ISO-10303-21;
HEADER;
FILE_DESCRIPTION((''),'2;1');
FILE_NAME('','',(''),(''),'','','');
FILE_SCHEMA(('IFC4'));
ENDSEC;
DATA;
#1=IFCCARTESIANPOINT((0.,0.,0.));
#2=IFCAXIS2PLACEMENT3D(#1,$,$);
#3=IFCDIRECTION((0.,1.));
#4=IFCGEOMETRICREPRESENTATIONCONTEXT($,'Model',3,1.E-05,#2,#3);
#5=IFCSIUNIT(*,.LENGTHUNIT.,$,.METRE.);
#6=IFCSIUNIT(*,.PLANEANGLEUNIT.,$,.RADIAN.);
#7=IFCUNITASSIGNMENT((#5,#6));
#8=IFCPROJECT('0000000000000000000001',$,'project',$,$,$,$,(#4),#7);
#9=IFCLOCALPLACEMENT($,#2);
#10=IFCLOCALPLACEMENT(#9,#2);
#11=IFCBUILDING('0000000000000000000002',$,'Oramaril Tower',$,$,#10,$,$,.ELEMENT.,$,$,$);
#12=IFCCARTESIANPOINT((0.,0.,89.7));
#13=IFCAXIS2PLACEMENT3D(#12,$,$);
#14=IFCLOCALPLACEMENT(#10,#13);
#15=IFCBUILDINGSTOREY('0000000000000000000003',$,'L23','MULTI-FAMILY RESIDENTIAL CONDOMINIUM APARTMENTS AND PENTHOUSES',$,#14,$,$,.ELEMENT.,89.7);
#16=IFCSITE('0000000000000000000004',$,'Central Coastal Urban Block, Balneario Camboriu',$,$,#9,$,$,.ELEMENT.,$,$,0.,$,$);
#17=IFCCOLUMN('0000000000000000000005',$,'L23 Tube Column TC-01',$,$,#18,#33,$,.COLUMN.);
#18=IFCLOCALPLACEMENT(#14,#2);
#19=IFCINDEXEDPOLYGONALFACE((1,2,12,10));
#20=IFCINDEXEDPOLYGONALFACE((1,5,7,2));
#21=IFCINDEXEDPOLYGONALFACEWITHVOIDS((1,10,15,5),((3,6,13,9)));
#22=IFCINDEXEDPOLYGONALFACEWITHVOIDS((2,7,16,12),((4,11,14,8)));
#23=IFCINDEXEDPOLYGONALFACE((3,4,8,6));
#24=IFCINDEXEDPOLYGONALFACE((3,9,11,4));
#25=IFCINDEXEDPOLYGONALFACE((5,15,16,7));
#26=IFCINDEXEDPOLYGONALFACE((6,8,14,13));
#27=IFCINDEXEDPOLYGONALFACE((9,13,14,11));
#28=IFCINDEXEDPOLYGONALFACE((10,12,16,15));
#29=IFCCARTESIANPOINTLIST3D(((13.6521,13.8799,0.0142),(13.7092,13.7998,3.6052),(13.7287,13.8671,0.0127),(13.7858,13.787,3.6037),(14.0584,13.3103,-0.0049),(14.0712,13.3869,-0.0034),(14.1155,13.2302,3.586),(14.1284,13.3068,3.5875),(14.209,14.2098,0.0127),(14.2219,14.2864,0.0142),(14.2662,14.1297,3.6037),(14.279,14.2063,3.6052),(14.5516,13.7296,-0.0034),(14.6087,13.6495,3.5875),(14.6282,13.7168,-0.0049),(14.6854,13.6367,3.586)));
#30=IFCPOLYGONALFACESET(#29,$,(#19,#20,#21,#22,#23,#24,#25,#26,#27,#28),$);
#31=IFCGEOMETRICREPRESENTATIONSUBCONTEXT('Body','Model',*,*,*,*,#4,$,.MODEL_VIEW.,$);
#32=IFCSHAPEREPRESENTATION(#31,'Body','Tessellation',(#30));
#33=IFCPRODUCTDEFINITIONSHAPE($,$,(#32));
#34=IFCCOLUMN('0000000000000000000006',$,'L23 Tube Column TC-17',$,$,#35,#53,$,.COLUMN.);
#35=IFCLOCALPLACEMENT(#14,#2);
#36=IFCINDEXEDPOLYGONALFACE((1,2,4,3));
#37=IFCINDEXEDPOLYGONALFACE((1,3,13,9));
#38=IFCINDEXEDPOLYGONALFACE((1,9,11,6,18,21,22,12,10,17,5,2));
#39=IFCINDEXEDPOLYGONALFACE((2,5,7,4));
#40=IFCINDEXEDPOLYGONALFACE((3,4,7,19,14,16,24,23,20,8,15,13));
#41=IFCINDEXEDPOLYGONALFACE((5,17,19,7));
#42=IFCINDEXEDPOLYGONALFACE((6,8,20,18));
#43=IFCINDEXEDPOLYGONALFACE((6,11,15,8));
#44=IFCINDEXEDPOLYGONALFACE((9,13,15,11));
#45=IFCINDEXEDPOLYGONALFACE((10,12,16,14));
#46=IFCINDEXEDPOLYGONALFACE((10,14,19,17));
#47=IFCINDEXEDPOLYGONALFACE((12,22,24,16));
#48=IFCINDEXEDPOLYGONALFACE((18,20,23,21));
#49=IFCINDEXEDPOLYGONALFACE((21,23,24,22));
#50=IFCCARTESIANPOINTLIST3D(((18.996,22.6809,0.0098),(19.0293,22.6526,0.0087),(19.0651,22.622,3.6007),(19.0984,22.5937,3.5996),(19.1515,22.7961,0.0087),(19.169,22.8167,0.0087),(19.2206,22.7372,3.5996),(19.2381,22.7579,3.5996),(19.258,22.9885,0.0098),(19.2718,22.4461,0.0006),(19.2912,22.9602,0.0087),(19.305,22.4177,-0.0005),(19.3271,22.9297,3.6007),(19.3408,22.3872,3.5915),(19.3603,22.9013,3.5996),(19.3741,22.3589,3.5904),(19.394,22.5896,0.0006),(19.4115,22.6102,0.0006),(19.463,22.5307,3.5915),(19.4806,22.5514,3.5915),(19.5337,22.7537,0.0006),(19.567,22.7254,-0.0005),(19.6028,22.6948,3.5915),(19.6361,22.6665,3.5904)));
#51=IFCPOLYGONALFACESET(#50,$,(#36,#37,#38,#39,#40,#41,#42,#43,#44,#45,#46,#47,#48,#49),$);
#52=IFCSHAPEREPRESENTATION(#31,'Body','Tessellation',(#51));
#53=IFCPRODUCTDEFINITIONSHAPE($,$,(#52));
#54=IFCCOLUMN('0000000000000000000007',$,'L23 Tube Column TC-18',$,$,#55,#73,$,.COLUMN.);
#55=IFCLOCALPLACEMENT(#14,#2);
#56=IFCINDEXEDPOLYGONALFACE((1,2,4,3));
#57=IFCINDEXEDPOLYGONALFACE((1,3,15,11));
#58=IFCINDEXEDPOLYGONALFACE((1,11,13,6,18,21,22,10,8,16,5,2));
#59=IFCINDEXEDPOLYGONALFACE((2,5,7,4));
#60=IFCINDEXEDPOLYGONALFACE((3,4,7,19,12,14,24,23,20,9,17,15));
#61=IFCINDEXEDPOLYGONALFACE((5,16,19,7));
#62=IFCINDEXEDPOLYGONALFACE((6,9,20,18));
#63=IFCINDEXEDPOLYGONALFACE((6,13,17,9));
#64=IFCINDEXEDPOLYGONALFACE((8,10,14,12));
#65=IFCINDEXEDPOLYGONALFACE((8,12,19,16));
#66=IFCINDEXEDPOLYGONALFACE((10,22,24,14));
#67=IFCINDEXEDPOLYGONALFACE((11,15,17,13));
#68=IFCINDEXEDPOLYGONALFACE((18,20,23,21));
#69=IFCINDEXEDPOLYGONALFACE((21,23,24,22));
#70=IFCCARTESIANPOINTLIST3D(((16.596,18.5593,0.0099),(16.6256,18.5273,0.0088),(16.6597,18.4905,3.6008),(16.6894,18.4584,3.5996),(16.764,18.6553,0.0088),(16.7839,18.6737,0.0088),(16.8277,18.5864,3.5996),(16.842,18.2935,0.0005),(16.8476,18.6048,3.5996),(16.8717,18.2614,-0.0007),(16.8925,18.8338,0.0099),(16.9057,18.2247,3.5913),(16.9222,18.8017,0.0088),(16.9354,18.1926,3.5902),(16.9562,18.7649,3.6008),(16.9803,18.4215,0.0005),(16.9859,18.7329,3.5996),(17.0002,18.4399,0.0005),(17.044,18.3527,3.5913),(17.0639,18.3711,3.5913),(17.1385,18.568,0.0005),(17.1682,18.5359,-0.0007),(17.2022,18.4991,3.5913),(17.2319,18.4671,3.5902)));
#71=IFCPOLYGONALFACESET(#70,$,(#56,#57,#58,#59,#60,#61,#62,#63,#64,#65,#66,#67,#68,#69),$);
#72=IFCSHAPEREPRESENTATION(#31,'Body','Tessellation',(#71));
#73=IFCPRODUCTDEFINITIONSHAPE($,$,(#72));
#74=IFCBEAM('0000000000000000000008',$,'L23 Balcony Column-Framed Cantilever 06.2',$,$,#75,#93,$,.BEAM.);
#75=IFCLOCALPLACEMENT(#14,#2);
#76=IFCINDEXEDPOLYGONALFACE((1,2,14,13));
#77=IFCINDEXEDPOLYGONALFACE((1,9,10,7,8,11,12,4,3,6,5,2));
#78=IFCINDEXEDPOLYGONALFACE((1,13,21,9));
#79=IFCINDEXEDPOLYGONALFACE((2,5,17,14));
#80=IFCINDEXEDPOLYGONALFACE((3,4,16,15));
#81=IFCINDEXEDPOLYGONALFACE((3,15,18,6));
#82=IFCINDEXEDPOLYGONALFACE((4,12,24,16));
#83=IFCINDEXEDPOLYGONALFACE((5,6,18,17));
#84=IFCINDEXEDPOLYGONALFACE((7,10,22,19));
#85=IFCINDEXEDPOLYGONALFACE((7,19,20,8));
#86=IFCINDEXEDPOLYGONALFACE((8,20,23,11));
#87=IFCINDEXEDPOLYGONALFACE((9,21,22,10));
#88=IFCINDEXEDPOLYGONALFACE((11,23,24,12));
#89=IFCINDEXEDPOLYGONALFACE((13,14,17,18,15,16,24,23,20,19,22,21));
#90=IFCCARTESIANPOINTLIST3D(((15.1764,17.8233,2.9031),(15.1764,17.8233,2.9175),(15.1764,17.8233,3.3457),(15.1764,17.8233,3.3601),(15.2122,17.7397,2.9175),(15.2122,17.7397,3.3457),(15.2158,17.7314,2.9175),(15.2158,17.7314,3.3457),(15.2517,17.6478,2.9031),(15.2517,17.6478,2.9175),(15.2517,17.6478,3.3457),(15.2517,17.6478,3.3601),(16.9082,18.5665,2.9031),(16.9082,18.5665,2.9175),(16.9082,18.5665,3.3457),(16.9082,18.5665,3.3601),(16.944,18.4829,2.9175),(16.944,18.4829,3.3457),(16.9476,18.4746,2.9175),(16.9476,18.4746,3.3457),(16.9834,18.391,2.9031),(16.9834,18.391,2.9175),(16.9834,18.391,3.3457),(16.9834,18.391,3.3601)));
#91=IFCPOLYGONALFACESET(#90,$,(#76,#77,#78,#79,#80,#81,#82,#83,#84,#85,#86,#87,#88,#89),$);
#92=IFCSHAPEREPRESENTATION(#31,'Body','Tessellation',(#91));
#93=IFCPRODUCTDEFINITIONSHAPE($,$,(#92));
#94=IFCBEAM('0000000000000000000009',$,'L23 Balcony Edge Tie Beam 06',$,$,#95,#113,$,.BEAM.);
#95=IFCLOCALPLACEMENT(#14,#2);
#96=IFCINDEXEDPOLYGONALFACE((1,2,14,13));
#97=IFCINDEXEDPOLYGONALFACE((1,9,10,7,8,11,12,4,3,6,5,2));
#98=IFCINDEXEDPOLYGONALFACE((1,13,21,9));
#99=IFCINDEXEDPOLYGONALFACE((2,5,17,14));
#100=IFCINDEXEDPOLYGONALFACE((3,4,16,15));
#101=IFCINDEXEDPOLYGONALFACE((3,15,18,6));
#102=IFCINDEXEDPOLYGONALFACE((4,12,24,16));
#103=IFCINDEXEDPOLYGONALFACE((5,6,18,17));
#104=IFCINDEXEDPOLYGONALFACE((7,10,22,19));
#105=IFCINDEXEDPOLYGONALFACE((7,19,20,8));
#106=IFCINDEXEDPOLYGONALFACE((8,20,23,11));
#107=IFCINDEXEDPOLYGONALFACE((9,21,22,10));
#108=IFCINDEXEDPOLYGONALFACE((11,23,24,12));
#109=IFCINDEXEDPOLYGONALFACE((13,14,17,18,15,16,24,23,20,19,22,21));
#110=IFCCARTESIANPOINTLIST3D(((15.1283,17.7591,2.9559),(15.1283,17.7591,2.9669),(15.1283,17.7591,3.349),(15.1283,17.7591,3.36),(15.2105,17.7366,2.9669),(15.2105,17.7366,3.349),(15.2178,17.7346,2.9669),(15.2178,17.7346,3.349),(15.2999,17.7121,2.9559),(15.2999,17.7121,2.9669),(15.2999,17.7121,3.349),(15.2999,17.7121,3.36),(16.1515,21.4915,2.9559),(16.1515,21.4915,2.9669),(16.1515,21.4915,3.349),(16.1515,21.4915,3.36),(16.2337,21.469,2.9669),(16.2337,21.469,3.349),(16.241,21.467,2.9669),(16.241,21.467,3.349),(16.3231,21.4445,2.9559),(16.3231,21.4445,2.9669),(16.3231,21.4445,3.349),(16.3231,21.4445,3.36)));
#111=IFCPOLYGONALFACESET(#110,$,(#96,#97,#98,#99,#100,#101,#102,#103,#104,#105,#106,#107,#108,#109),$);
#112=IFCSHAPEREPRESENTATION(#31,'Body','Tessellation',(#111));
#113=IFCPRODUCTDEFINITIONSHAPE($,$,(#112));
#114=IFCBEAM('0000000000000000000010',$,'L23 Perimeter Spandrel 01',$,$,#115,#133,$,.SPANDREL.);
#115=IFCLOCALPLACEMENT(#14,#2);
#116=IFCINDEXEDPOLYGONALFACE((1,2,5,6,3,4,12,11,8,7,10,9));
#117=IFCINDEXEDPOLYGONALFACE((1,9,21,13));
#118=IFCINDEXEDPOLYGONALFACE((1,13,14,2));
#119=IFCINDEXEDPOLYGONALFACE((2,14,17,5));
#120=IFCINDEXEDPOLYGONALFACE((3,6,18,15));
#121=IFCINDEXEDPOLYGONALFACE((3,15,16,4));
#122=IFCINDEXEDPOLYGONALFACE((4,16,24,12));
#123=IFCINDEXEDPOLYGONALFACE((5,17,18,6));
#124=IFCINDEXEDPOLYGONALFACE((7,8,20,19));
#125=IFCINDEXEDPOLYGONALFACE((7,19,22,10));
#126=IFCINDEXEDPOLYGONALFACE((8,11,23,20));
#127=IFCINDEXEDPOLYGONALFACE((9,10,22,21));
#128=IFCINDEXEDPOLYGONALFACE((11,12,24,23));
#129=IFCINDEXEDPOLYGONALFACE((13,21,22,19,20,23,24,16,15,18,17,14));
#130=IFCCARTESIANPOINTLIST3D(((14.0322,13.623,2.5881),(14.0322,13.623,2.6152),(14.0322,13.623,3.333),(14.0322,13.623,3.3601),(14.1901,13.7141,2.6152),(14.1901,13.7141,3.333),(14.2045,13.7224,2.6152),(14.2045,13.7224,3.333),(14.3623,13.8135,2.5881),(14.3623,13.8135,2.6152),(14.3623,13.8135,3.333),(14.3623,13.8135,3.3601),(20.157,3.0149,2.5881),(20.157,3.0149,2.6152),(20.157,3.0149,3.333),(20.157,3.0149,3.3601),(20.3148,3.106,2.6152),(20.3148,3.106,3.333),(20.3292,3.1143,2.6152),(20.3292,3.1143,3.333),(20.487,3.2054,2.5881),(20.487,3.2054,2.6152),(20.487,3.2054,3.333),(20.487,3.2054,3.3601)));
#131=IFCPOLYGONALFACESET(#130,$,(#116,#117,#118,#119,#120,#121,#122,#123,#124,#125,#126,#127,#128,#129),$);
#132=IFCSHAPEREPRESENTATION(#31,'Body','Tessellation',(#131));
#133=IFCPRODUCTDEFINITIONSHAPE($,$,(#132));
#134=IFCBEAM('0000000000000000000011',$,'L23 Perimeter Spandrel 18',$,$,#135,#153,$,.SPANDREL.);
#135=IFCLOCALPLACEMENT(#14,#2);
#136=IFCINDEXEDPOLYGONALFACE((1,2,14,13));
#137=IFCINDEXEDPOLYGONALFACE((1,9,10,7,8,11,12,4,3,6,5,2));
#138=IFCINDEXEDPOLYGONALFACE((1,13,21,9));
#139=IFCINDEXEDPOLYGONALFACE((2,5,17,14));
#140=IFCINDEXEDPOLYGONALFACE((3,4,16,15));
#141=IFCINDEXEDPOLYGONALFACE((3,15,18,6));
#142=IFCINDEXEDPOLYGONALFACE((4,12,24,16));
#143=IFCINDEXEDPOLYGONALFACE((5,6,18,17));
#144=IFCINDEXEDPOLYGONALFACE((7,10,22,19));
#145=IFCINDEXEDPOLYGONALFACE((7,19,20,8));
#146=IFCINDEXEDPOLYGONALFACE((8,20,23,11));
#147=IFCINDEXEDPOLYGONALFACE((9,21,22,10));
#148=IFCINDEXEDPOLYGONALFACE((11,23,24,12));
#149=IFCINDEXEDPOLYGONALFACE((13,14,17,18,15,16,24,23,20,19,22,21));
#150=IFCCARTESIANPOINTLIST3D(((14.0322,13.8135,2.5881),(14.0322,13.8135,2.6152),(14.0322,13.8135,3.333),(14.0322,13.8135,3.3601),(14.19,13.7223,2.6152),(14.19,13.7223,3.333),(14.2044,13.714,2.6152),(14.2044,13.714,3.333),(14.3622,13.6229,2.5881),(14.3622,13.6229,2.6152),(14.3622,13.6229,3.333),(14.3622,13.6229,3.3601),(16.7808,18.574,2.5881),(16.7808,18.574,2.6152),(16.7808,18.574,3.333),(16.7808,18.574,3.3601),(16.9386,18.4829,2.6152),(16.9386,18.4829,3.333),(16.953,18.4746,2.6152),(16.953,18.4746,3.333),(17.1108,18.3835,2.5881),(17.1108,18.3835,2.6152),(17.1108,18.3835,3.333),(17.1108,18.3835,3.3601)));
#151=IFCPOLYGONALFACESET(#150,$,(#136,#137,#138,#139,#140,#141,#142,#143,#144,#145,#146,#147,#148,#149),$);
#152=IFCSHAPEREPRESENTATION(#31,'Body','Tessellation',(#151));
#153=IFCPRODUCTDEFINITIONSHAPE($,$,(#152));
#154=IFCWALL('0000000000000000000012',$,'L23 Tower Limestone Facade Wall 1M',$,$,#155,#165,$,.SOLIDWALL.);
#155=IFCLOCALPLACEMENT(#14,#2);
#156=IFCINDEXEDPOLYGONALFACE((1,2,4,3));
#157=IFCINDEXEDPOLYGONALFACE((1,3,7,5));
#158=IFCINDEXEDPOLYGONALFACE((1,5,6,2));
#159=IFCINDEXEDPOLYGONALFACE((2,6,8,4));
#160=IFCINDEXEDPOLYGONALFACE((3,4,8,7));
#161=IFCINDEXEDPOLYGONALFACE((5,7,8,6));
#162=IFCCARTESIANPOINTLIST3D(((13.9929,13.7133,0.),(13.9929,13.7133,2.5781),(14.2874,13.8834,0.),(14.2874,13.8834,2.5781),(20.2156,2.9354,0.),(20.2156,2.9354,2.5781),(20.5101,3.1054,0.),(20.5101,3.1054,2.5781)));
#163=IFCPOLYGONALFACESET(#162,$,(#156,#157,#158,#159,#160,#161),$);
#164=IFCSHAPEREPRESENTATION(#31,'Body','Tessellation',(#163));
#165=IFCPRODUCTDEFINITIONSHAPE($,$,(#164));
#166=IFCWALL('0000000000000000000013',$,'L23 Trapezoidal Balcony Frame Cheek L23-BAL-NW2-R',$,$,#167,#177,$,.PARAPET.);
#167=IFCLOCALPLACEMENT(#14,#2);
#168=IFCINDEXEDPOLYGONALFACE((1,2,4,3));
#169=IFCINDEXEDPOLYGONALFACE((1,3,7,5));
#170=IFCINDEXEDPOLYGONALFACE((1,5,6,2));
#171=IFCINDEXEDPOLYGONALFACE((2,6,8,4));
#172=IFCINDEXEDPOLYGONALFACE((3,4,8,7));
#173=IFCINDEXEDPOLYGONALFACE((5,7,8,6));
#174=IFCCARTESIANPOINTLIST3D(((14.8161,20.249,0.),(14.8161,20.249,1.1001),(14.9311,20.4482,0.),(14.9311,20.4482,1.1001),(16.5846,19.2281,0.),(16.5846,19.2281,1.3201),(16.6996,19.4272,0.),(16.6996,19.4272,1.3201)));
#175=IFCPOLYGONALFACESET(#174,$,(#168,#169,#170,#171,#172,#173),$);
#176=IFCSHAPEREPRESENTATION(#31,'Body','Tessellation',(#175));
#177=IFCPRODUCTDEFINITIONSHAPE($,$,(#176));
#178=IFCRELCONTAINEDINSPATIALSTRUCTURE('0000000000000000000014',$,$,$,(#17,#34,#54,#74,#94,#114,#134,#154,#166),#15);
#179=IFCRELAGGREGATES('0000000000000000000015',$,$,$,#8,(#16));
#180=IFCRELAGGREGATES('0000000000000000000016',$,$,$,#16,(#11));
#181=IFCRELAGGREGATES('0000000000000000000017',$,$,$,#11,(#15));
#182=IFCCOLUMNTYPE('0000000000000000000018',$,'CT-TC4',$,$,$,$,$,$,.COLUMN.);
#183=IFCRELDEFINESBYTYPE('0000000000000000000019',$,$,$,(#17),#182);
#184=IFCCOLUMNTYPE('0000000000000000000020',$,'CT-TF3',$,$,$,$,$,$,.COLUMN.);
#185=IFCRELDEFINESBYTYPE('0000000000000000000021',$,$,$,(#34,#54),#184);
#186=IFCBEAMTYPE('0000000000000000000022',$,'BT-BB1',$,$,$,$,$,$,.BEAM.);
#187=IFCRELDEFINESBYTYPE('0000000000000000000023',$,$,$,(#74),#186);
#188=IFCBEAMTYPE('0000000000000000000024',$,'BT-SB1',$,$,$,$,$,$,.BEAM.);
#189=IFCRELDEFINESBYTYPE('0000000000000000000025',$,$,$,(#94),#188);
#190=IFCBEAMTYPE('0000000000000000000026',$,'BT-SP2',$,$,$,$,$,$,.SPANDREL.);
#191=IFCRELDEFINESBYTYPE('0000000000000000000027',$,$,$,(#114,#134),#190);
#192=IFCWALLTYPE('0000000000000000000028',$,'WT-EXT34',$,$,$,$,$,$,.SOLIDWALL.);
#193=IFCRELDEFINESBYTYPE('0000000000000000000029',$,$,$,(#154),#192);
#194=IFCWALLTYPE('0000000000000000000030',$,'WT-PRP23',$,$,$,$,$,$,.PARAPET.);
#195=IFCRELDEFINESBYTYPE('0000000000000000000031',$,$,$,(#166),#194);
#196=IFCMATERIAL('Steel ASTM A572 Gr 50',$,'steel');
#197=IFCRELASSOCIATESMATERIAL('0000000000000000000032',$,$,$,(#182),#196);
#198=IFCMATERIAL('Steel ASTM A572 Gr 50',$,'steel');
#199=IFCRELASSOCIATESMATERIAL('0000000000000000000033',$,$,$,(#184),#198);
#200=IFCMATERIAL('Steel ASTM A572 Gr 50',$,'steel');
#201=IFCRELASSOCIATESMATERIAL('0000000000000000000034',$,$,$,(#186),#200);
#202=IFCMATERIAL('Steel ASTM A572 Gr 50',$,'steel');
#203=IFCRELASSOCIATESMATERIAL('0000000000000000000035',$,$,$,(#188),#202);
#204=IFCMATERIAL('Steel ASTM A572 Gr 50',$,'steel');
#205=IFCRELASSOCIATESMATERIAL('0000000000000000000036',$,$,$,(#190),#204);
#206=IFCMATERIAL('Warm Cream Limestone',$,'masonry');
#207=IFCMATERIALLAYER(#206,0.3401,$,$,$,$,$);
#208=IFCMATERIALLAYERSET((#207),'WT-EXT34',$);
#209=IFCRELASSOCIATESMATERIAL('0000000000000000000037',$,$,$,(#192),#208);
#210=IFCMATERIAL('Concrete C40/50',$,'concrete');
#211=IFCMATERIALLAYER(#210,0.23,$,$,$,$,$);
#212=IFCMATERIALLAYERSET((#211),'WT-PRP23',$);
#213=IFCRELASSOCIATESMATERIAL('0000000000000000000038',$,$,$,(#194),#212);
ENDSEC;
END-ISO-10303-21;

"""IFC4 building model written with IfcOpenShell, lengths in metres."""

from ifc_helpers import new_model, si_unit, direction, frame, frame_2d, origin, origin_2d, place, context, subcontext, project, spatial, polyline, rectangle, hollow_rectangle, i_section, outline, extrude, material, layer, layer_set, material_profile, profile_set, type_object, element, save


model = new_model("IFC4")

# Units and contexts
model_context = context("Model", 3, precision=1e-05, world=origin(), true_north=direction((0.0, 1.0)))
body_context = subcontext(model_context, "Body", "Model", "MODEL_VIEW")
ifc_project = project(units=[si_unit("LENGTHUNIT", "METRE"), si_unit("PLANEANGLEUNIT", "RADIAN")], contexts=[model_context])

# Site, building, storey
site_placement = place(None, origin())
site = spatial("IfcSite", under=ifc_project, at=site_placement, Name="Central Coastal Urban Block, Balneario Camboriu", CompositionType="ELEMENT", RefElevation=0.0)
building_placement = place(site_placement, origin())
building = spatial("IfcBuilding", under=site, at=building_placement, Name="Oramaril Tower", CompositionType="ELEMENT")
storey_placement = place(building_placement, frame((0.0, 0.0, 89.7)))
storey = spatial("IfcBuildingStorey", under=building, at=storey_placement, Name="L23", Description="MULTI-FAMILY RESIDENTIAL CONDOMINIUM APARTMENTS AND PENTHOUSES", CompositionType="ELEMENT", Elevation=89.7)

# Columns
ifc_material_1 = material(Name="Steel ASTM A572 Gr 50", Category="steel")
ifc_material_profile_1 = material_profile(ifc_material_1, hollow_rectangle(XDim=0.7, YDim=0.7, WallThickness=0.0549, at=origin_2d()), Name="BOX700X700X55")
ifc_profile_set_1 = profile_set([ifc_material_profile_1], Name="Steel ASTM A572 Gr 50")
column_type_1 = type_object("IfcColumnType", Name="CT-TC4", PredefinedType="COLUMN", material=ifc_profile_set_1)
column_placement = place(storey_placement, frame((14.1401, 13.7983, 0.0046), z_axis=(0.015904, -0.022292, 0.999625), x_axis=(0.814069, 0.580769, 0.0)))
element("IfcColumn", 1, at=column_placement, inside=storey, type_object=column_type_1, Name="L23 Tube Column TC-01", PredefinedType="COLUMN", context=body_context, shape_type="SweptSolid", body=[
    extrude(hollow_rectangle(XDim=0.7, YDim=0.7, WallThickness=0.0549, at=origin_2d()), origin(), (0.0, 0.0, 1.0), 3.5923),
])
ifc_material_2 = material(Name="Steel ASTM A572 Gr 50", Category="steel")
ifc_material_profile_2 = material_profile(ifc_material_2, i_section(OverallWidth=0.4041, OverallDepth=0.406, WebThickness=0.0271, FlangeThickness=0.0437, at=origin_2d()), Name="W14X233")
ifc_profile_set_2 = profile_set([ifc_material_profile_2], Name="Steel ASTM A572 Gr 50")
column_type_2 = type_object("IfcColumnType", Name="CT-TF3", PredefinedType="COLUMN", material=ifc_profile_set_2)
for number, where, z_axis, x_axis, name in (
    (2, (19.2815, 22.7031, 0.0046), (0.019235, -0.01638, 0.999681), (0.648351, 0.761342, 0.0), "L23 Tube Column TC-17"),
    (3, (16.8821, 18.5476, 0.0046), (0.017739, -0.019167, 0.999659), (0.733905, 0.679252, 0.0), "L23 Tube Column TC-18"),
):
    element("IfcColumn", number, at=place(storey_placement, frame(where, z_axis=z_axis, x_axis=x_axis)), inside=storey, type_object=column_type_2, Name=name, PredefinedType="COLUMN", context=body_context, shape_type="SweptSolid", body=[
        extrude(i_section(OverallWidth=0.4041, OverallDepth=0.406, WebThickness=0.0271, FlangeThickness=0.0437, at=origin_2d()), origin(), (0.0, 0.0, 1.0), 3.592),
    ])

# Beams
ifc_material_3 = material(Name="Steel ASTM A572 Gr 50", Category="steel")
ifc_material_profile_3 = material_profile(ifc_material_3, i_section(OverallWidth=0.1909, OverallDepth=0.457, WebThickness=0.009, FlangeThickness=0.0144, at=origin_2d()), Name="W18X50")
ifc_profile_set_3 = profile_set([ifc_material_profile_3], Name="Steel ASTM A572 Gr 50")
beam_type_1 = type_object("IfcBeamType", Name="BT-BB1", PredefinedType="BEAM", material=ifc_profile_set_3)
beam_1_placement = place(storey_placement, frame((16.9458, 18.4788, 3.1316), z_axis=(-0.918951, -0.394373, 0.0), x_axis=(0.394373, -0.918951, 0.0)))
element("IfcBeam", 4, at=beam_1_placement, inside=storey, type_object=beam_type_1, Name="L23 Balcony Column-Framed Cantilever 06.2", PredefinedType="BEAM", context=body_context, shape_type="SweptSolid", body=[
    extrude(i_section(OverallWidth=0.1909, OverallDepth=0.457, WebThickness=0.009, FlangeThickness=0.0144, at=origin_2d()), origin(), (0.0, 0.0, 1.0), 1.8845),
])
ifc_material_4 = material(Name="Steel ASTM A572 Gr 50", Category="steel")
ifc_material_profile_4 = material_profile(ifc_material_4, i_section(OverallWidth=0.178, OverallDepth=0.4041, WebThickness=0.0076, FlangeThickness=0.011, at=origin_2d()), Name="W16X36")
ifc_profile_set_4 = profile_set([ifc_material_profile_4], Name="Steel ASTM A572 Gr 50")
beam_type_2 = type_object("IfcBeamType", Name="BT-SB1", PredefinedType="BEAM", material=ifc_profile_set_4)
beam_2_placement = place(storey_placement, frame((16.2373, 21.468, 3.158), z_axis=(-0.264382, -0.964418, 0.0), x_axis=(0.964418, -0.264382, 0.0)))
element("IfcBeam", 5, at=beam_2_placement, inside=storey, type_object=beam_type_2, Name="L23 Balcony Edge Tie Beam 06", PredefinedType="BEAM", context=body_context, shape_type="SweptSolid", body=[
    extrude(i_section(OverallWidth=0.178, OverallDepth=0.4041, WebThickness=0.0076, FlangeThickness=0.011, at=origin_2d()), origin(), (0.0, 0.0, 1.0), 3.8701),
])
ifc_material_5 = material(Name="Steel ASTM A572 Gr 50", Category="steel")
ifc_material_profile_5 = material_profile(ifc_material_5, i_section(OverallWidth=0.3811, OverallDepth=0.772, WebThickness=0.0166, FlangeThickness=0.0271, at=origin_2d()), Name="W30X173")
ifc_profile_set_5 = profile_set([ifc_material_profile_5], Name="Steel ASTM A572 Gr 50")
beam_type_3 = type_object("IfcBeamType", Name="BT-SP2", PredefinedType="SPANDREL", material=ifc_profile_set_5)
beam_3_placement = place(storey_placement, frame((14.1973, 13.7183, 2.9741), z_axis=(0.500008, -0.866021, 0.0), x_axis=(0.866021, 0.500008, 0.0)))
element("IfcBeam", 6, at=beam_3_placement, inside=storey, type_object=beam_type_3, Name="L23 Perimeter Spandrel 01", PredefinedType="SPANDREL", context=body_context, shape_type="SweptSolid", body=[
    extrude(i_section(OverallWidth=0.3811, OverallDepth=0.772, WebThickness=0.0166, FlangeThickness=0.0271, at=origin_2d()), origin(), (0.0, 0.0, 1.0), 12.2493),
])
beam_4_placement = place(storey_placement, frame((16.9458, 18.4788, 2.9741), z_axis=(-0.500008, -0.866021, 0.0), x_axis=(0.866021, -0.500008, 0.0)))
element("IfcBeam", 7, at=beam_4_placement, inside=storey, type_object=beam_type_3, Name="L23 Perimeter Spandrel 18", PredefinedType="SPANDREL", context=body_context, shape_type="SweptSolid", body=[
    extrude(i_section(OverallWidth=0.3811, OverallDepth=0.772, WebThickness=0.0166, FlangeThickness=0.0271, at=origin_2d()), origin(), (0.0, 0.0, 1.0), 5.4971),
])

# Walls
ifc_material_6 = material(Name="Warm Cream Limestone", Category="masonry")
ifc_layer_1 = layer(ifc_material_6, 0.3401)
ifc_layer_set_1 = layer_set([ifc_layer_1], Name="WT-EXT34")
wall_type_1 = type_object("IfcWallType", Name="WT-EXT34", PredefinedType="SOLIDWALL", material=ifc_layer_set_1)
wall_1_placement = place(storey_placement, frame((14.1401, 13.7983, 0.0), z_axis=(0.0, 0.0, 1.0), x_axis=(0.500004, -0.866023, 0.0)))
element("IfcWall", 8, at=wall_1_placement, inside=storey, type_object=wall_type_1, Name="L23 Tower Limestone Facade Wall 1M", PredefinedType="SOLIDWALL", context=body_context, shape_type="SweptSolid", body=[
    extrude(rectangle(XDim=12.4453, YDim=0.3401, at=frame_2d((6.2227, 0.0))), origin(), (0.0, 0.0, 1.0), 2.5781),
])
ifc_material_7 = material(Name="Concrete C40/50", Category="concrete")
ifc_layer_2 = layer(ifc_material_7, 0.23)
ifc_layer_set_2 = layer_set([ifc_layer_2], Name="WT-PRP23")
wall_type_2 = type_object("IfcWallType", Name="WT-PRP23", PredefinedType="PARAPET", material=ifc_layer_set_2)
wall_2_placement = place(storey_placement, frame((16.6421, 19.3276, 0.0), z_axis=(0.0, 0.0, 1.0), x_axis=(-0.866042, 0.499971, 0.0)))
element("IfcWall", 9, at=wall_2_placement, inside=storey, type_object=wall_type_2, Name="L23 Trapezoidal Balcony Frame Cheek L23-BAL-NW2-R", PredefinedType="PARAPET", context=body_context, shape_type="SweptSolid", body=[
    extrude(outline(polyline([(0.0, 0.0), (2.042, 0.0), (2.042, 1.1001), (0.0, 1.3201), (0.0, 0.0)])), frame((0.0, 0.115, 0.0), z_axis=(0.0, -1.0, 0.0), x_axis=(1.0, 0.0, 0.0)), (0.0, 0.0, 1.0), 0.23),
])

save(model, "model.ifc")
